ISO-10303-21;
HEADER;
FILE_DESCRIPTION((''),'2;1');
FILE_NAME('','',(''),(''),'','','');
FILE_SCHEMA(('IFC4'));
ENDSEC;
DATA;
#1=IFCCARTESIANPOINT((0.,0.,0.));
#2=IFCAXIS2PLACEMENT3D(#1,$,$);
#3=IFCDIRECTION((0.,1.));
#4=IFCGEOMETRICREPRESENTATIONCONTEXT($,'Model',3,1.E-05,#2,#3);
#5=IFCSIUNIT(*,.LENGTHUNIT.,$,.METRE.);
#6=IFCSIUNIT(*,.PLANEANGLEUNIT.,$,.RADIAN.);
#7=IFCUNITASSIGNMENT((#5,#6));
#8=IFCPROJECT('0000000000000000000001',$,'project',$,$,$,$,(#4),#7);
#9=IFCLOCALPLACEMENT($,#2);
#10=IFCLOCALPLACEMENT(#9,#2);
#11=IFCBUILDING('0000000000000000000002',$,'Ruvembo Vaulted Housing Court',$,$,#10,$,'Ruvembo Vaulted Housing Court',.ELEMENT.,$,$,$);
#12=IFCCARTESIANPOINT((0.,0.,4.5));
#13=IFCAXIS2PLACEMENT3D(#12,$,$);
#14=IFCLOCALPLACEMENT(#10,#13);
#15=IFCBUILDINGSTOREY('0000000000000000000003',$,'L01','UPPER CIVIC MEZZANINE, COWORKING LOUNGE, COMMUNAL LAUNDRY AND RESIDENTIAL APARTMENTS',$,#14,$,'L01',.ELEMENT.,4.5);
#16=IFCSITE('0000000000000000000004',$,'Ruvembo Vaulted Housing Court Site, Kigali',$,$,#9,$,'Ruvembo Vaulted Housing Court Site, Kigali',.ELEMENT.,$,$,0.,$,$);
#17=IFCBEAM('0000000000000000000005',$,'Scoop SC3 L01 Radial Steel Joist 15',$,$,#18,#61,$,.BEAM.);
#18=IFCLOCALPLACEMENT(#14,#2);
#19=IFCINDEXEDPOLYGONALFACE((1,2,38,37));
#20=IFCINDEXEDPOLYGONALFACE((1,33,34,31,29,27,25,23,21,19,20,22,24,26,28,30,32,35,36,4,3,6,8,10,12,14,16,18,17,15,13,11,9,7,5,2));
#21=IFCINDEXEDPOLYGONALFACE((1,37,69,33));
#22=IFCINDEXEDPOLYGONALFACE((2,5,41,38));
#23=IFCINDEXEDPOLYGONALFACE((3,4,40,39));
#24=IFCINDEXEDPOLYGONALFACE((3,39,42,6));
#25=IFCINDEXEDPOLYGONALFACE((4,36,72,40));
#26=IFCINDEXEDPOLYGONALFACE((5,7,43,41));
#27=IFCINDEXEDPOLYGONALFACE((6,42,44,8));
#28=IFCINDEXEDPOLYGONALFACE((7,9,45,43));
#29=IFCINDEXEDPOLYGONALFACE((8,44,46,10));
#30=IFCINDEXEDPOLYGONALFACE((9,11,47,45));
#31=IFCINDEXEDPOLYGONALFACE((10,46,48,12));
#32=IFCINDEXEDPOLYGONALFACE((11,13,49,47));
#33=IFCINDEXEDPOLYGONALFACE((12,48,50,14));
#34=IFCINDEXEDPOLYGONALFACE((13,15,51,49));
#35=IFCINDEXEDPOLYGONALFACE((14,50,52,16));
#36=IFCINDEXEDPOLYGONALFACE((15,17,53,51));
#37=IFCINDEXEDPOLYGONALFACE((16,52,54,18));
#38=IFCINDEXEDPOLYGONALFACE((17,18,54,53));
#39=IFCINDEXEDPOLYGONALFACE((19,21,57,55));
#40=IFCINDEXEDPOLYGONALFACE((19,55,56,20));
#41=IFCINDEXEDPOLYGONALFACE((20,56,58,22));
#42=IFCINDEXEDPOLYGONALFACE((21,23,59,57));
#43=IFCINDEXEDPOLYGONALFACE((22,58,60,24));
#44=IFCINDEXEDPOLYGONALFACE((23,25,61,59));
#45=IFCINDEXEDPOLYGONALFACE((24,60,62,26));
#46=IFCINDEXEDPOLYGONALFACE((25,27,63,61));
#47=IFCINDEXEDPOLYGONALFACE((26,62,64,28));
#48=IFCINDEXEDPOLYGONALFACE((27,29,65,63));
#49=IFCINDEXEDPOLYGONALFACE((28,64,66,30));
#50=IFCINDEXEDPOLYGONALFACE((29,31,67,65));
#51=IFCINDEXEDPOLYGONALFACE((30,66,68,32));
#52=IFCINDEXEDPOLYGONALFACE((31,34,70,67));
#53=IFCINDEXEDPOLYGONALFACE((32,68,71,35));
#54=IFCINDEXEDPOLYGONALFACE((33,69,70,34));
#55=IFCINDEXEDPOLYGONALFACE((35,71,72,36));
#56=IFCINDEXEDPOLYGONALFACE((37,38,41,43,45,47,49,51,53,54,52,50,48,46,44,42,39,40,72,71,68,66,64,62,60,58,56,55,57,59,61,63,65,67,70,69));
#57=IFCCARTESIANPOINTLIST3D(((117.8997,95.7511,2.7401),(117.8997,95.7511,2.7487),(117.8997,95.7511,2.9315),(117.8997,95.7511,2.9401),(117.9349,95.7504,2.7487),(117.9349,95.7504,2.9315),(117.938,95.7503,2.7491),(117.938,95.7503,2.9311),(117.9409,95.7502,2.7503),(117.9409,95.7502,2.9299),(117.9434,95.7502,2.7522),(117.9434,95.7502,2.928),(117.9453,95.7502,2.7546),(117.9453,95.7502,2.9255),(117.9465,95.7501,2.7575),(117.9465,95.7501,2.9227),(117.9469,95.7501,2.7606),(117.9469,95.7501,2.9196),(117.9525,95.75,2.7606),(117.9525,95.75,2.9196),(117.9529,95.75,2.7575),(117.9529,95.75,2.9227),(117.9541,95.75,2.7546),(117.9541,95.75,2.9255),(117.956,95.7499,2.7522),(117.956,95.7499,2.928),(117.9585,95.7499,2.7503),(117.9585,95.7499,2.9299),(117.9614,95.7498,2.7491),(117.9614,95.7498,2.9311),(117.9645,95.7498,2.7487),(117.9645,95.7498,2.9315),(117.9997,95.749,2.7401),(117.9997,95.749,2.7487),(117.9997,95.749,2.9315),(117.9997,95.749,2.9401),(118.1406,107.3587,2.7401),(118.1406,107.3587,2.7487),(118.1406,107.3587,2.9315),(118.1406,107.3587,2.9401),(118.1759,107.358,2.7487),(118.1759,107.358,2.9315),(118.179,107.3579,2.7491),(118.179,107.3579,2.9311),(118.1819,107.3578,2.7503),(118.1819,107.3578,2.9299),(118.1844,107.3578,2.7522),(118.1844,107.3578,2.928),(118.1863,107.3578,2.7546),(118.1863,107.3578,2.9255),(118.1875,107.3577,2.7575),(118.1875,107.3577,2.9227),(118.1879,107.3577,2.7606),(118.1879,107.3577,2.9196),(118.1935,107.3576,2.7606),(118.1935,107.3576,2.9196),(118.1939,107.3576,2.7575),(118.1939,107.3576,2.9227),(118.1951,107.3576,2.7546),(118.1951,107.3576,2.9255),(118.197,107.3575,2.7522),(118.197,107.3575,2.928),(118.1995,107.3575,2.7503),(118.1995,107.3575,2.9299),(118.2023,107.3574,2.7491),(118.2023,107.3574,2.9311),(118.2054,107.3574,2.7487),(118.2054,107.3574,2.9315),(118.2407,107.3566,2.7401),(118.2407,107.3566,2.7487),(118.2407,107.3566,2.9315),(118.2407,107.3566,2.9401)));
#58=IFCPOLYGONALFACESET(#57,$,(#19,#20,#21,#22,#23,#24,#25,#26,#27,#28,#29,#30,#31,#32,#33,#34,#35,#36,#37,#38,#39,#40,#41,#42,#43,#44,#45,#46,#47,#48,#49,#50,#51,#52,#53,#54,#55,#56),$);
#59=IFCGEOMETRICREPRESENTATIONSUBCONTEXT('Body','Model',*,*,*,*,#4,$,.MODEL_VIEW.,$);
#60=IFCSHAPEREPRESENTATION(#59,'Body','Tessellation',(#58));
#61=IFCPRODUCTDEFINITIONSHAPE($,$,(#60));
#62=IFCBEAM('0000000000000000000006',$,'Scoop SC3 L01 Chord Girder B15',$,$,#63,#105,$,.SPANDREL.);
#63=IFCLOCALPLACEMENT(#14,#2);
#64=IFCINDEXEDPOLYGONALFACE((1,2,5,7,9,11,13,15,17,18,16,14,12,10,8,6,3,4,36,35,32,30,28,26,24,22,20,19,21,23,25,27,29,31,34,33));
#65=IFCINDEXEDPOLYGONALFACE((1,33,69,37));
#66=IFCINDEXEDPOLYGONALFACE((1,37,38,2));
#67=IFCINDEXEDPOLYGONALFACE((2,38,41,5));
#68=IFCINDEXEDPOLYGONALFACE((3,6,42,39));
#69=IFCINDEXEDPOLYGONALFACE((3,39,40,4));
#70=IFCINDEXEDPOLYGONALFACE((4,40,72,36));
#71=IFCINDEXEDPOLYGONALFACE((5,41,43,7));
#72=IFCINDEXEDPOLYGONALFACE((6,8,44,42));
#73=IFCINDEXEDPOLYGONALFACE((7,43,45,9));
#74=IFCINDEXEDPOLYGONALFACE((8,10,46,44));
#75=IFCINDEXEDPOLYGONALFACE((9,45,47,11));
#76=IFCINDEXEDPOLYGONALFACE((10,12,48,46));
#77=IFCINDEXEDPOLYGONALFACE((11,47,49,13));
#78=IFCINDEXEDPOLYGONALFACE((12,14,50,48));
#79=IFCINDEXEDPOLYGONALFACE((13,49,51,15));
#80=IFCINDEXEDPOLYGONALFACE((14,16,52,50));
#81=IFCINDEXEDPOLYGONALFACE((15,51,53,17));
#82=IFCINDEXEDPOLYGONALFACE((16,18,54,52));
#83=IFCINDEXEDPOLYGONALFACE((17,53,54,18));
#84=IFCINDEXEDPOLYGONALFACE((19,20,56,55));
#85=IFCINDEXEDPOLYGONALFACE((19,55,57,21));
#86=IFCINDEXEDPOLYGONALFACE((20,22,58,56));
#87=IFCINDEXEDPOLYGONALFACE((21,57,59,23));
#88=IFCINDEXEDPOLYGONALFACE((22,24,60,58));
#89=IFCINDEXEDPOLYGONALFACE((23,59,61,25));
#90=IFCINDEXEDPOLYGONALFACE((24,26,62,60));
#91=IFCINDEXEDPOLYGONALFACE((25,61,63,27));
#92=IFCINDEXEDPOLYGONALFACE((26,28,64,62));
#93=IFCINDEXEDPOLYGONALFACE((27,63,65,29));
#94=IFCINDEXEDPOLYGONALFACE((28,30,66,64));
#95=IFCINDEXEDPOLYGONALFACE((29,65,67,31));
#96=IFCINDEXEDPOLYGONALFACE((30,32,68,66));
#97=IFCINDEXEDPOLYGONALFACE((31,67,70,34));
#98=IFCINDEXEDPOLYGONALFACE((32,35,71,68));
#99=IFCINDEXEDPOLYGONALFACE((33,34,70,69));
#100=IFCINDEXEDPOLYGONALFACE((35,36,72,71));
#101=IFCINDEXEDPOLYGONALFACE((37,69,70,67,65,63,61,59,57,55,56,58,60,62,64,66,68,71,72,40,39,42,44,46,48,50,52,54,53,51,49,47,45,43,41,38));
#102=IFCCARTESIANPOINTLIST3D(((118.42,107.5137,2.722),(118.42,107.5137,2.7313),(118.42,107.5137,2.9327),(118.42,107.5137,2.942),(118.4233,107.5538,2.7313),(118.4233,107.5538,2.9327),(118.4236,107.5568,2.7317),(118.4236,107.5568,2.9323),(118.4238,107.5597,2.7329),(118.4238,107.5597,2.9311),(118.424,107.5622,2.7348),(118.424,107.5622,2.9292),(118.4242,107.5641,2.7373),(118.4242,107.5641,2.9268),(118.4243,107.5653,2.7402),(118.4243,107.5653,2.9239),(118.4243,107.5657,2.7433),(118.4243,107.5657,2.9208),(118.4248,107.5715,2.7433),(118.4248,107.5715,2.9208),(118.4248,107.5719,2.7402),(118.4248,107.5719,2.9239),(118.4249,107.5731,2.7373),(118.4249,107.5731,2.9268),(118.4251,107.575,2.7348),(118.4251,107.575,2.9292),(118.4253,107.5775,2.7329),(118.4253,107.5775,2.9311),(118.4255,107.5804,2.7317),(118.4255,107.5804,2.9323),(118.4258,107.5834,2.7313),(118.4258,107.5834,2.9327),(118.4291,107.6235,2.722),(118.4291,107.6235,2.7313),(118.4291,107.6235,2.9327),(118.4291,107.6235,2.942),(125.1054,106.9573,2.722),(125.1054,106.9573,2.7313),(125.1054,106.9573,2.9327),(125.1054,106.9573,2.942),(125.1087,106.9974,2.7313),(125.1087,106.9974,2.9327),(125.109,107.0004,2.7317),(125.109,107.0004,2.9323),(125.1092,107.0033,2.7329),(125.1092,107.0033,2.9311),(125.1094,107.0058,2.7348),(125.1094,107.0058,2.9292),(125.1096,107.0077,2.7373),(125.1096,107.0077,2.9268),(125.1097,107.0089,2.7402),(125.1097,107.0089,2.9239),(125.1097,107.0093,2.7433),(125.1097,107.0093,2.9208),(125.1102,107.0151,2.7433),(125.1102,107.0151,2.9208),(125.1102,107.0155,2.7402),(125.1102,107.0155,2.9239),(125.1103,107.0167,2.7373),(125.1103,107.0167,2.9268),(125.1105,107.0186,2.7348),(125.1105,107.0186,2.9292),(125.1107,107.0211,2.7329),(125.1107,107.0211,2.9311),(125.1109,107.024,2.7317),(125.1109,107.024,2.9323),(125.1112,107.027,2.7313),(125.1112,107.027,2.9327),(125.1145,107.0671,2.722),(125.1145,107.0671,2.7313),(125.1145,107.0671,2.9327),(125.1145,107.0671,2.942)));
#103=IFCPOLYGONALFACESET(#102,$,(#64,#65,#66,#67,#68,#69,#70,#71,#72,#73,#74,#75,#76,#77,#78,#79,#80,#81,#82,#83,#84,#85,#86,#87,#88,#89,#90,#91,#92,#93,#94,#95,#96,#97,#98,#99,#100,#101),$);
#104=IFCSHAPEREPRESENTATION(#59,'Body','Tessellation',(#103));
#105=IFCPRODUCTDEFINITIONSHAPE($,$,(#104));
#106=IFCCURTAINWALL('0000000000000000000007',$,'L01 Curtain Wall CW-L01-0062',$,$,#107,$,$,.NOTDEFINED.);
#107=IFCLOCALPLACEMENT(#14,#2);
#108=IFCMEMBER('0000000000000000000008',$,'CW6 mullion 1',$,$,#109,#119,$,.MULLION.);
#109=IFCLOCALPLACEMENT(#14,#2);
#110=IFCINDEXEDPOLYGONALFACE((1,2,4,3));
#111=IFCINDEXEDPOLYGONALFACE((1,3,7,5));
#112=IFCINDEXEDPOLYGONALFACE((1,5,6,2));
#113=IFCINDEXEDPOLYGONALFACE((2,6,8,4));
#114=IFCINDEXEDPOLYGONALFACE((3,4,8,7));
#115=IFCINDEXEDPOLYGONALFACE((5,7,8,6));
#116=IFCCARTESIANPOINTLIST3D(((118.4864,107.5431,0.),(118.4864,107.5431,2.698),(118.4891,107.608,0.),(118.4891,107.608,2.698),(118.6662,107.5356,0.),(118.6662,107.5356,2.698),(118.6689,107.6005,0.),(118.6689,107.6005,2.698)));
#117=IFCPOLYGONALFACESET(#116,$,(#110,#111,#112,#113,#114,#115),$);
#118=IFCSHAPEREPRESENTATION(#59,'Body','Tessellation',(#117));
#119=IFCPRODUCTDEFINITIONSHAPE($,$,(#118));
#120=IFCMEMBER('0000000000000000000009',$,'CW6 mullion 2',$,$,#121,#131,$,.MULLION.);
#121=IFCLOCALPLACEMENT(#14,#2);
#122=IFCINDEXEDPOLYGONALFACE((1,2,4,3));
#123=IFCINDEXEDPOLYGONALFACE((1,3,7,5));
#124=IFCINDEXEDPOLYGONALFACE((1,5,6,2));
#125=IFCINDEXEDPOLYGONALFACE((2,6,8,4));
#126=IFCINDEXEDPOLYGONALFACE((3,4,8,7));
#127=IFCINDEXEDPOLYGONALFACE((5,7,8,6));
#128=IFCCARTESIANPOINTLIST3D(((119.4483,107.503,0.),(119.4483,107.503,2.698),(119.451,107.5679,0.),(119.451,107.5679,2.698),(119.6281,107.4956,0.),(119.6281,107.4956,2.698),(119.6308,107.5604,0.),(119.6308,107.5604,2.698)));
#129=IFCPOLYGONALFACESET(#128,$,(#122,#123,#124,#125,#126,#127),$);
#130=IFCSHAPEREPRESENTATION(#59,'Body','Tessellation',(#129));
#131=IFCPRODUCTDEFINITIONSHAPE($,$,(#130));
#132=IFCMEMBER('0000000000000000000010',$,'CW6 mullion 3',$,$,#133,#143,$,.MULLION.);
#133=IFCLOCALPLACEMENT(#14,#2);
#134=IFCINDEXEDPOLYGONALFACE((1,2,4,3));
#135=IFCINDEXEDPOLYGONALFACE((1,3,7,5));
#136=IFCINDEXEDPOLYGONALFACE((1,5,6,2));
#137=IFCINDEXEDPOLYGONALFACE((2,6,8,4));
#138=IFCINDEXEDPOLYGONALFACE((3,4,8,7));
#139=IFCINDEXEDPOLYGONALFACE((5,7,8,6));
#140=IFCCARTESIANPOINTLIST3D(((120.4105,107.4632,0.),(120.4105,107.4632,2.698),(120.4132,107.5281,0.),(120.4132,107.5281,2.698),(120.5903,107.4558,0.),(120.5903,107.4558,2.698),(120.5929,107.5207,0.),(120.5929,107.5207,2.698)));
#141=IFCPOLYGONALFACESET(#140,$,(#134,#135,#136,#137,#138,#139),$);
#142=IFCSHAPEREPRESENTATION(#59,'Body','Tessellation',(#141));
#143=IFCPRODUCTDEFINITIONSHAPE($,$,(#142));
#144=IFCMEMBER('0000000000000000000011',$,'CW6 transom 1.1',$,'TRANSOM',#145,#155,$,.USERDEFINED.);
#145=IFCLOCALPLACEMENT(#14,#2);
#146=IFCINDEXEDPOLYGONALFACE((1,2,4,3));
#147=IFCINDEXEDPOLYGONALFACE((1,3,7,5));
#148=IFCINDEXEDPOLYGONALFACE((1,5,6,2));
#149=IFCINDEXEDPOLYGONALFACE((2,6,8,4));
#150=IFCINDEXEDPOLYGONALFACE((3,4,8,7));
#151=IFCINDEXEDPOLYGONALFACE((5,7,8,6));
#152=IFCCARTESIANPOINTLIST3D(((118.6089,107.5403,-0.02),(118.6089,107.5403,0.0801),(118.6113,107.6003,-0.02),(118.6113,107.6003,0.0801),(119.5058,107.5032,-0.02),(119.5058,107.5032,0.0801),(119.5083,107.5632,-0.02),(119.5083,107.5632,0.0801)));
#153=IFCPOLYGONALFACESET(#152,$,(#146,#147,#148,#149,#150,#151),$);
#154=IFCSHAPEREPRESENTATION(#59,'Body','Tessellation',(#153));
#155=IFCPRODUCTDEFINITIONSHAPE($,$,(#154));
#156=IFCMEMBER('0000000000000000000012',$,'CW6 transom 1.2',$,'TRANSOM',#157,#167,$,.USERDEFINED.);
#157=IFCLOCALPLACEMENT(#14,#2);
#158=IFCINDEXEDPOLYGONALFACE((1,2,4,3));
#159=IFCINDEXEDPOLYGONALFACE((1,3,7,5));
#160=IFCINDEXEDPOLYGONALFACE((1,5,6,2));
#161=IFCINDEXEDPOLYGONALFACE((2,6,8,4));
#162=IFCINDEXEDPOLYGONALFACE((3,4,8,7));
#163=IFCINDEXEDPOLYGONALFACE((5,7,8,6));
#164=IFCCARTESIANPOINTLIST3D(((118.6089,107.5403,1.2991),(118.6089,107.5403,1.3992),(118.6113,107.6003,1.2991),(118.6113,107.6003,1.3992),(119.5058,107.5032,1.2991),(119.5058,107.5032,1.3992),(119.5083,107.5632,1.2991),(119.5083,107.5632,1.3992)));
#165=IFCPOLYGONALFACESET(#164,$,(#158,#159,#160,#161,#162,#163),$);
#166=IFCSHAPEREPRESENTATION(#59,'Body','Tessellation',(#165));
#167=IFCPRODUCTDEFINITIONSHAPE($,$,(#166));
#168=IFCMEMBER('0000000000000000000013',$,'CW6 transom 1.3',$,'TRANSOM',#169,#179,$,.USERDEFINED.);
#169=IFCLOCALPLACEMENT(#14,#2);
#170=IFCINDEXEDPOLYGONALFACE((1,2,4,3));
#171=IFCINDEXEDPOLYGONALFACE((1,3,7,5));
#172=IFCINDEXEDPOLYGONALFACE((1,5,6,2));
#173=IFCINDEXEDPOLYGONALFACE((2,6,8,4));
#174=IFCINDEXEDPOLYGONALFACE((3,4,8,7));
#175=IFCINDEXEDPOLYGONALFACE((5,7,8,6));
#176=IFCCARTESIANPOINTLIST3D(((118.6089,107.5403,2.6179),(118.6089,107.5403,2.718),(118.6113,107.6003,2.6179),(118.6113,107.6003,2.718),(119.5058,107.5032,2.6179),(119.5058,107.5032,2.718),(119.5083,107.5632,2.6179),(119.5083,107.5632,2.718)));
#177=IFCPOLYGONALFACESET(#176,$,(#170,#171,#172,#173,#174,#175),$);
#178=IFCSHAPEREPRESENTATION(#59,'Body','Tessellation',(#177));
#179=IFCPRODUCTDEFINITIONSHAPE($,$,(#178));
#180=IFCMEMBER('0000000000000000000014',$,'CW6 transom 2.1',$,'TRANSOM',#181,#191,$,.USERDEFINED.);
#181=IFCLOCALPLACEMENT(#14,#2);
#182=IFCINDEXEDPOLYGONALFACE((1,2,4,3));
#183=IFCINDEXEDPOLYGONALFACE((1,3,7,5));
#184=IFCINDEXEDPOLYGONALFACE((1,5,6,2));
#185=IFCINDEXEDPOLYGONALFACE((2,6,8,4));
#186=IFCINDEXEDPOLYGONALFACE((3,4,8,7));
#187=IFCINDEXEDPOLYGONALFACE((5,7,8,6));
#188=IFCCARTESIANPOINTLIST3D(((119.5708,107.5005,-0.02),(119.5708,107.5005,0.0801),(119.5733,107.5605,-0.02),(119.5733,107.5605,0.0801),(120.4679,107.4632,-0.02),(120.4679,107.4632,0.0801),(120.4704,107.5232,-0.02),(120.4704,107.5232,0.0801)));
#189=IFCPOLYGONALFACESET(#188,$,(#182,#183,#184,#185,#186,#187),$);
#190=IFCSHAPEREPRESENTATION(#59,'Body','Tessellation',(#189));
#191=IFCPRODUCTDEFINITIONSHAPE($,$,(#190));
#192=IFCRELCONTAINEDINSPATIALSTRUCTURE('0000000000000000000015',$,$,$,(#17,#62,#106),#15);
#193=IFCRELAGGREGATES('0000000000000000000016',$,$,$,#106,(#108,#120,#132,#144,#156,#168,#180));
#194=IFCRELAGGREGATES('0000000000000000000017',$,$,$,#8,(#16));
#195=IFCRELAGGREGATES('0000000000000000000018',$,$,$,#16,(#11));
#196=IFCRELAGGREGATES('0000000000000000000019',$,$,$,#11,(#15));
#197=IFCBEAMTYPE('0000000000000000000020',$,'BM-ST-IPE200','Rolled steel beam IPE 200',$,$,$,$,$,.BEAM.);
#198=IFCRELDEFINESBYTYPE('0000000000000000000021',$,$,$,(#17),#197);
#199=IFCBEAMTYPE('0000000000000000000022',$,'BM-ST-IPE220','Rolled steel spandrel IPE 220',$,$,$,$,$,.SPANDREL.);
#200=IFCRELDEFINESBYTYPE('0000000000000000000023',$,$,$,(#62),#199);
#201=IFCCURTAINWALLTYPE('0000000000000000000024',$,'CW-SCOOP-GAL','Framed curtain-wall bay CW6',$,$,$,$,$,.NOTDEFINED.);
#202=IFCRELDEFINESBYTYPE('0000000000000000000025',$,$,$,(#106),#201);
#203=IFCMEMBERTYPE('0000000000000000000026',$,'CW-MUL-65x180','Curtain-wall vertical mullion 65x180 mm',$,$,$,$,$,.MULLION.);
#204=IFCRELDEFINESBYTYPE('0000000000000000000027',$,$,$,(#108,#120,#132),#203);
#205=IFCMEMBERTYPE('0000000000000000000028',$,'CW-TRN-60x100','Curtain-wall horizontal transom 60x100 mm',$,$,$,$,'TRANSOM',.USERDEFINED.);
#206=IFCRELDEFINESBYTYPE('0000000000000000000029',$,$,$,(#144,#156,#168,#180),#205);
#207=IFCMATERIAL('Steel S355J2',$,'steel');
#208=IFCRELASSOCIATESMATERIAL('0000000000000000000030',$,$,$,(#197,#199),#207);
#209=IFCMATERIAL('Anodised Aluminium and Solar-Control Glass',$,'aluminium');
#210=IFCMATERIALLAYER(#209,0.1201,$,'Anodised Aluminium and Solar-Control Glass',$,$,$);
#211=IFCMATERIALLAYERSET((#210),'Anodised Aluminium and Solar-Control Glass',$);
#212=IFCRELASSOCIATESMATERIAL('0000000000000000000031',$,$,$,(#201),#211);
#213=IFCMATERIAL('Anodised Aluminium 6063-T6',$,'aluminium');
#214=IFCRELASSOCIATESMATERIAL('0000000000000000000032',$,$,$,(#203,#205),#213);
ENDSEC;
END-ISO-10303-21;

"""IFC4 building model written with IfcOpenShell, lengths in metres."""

from ifc_helpers import new_model, si_unit, direction, frame, origin, origin_2d, place, context, subcontext, project, spatial, rectangle, i_section, extrude, material, layer, layer_set, material_profile, profile_set, type_object, element, aggregate, save


model = new_model("IFC4")

# Units and contexts
model_context = context("Model", 3, precision=1e-05, world=origin(), true_north=direction((0.0, 1.0)))
body_context = subcontext(model_context, "Body", "Model", "MODEL_VIEW")
ifc_project = project(units=[si_unit("LENGTHUNIT", "METRE"), si_unit("PLANEANGLEUNIT", "RADIAN")], contexts=[model_context])

# Site, building, storey
site_placement = place(None, origin())
site = spatial("IfcSite", under=ifc_project, at=site_placement, Name="Ruvembo Vaulted Housing Court Site, Kigali", LongName="Ruvembo Vaulted Housing Court Site, Kigali", CompositionType="ELEMENT", RefElevation=0.0)
building_placement = place(site_placement, origin())
building = spatial("IfcBuilding", under=site, at=building_placement, Name="Ruvembo Vaulted Housing Court", LongName="Ruvembo Vaulted Housing Court", CompositionType="ELEMENT")
storey_placement = place(building_placement, frame((0.0, 0.0, 4.5)))
storey = spatial("IfcBuildingStorey", under=building, at=storey_placement, Name="L01", Description="UPPER CIVIC MEZZANINE, COWORKING LOUNGE, COMMUNAL LAUNDRY AND RESIDENTIAL APARTMENTS", LongName="L01", CompositionType="ELEMENT", Elevation=4.5)

# Beams
ifc_material_1 = material(Name="Steel S355J2", Category="steel")
ifc_material_profile_1 = material_profile(ifc_material_1, i_section(OverallWidth=0.1001, OverallDepth=0.2, WebThickness=0.0056, FlangeThickness=0.0085, FilletRadius=0.012, at=origin_2d()), Name="IPE 200")
ifc_profile_set_1 = profile_set([ifc_material_profile_1], Name="Steel S355J2")
beam_type_1 = type_object("IfcBeamType", Name="BM-ST-IPE200", Description="Rolled steel beam IPE 200", PredefinedType="BEAM", material=ifc_profile_set_1)
beam_1_placement = place(storey_placement, frame((118.1907, 107.3577, 2.8401), z_axis=(-0.020755, -0.999785, 0.0), x_axis=(0.999785, -0.020755, 0.0)))
element("IfcBeam", 1, at=beam_1_placement, inside=storey, type_object=beam_type_1, Name="Scoop SC3 L01 Radial Steel Joist 15", PredefinedType="BEAM", context=body_context, shape_type="SweptSolid", body=[
    extrude(i_section(OverallWidth=0.1001, OverallDepth=0.2, WebThickness=0.0056, FlangeThickness=0.0085, FilletRadius=0.012, at=origin_2d()), origin(), (0.0, 0.0, 1.0), 11.6101),
])
ifc_material_profile_2 = material_profile(ifc_material_1, i_section(OverallWidth=0.1101, OverallDepth=0.22, WebThickness=0.0059, FlangeThickness=0.0093, FilletRadius=0.012, at=origin_2d()), Name="IPE 220")
ifc_profile_set_2 = profile_set([ifc_material_profile_2], Name="Steel S355J2")
beam_type_2 = type_object("IfcBeamType", Name="BM-ST-IPE220", Description="Rolled steel spandrel IPE 220", PredefinedType="SPANDREL", material=ifc_profile_set_2)
beam_2_placement = place(storey_placement, frame((118.4246, 107.5686, 2.832), z_axis=(0.996555, -0.08294, 0.0), x_axis=(0.08294, 0.996555, 0.0)))
element("IfcBeam", 2, at=beam_2_placement, inside=storey, type_object=beam_type_2, Name="Scoop SC3 L01 Chord Girder B15", PredefinedType="SPANDREL", context=body_context, shape_type="SweptSolid", body=[
    extrude(i_section(OverallWidth=0.1101, OverallDepth=0.22, WebThickness=0.0059, FlangeThickness=0.0093, FilletRadius=0.012, at=origin_2d()), origin(), (0.0, 0.0, 1.0), 6.7085),
])

# Curtain wall, members
ifc_material_2 = material(Name="Anodised Aluminium and Solar-Control Glass", Category="aluminium")
ifc_layer_1 = layer(ifc_material_2, 0.1201, Name="Anodised Aluminium and Solar-Control Glass")
ifc_layer_set_1 = layer_set([ifc_layer_1], Name="Anodised Aluminium and Solar-Control Glass")
curtain_wall_type = type_object("IfcCurtainWallType", Name="CW-SCOOP-GAL", Description="Framed curtain-wall bay CW6", PredefinedType="NOTDEFINED", material=ifc_layer_set_1)
curtain_wall_placement = place(storey_placement, origin())
curtain_wall = element("IfcCurtainWall", 3, at=curtain_wall_placement, inside=storey, type_object=curtain_wall_type, Name="L01 Curtain Wall CW-L01-0062", PredefinedType="NOTDEFINED")
ifc_material_3 = material(Name="Anodised Aluminium 6063-T6", Category="aluminium")
ifc_material_profile_3 = material_profile(ifc_material_3, rectangle(XDim=0.0649, YDim=0.1799, at=origin_2d()), Name="ALU 65x180")
ifc_profile_set_3 = profile_set([ifc_material_profile_3], Name="Anodised Aluminium 6063-T6")
member_type_1 = type_object("IfcMemberType", Name="CW-MUL-65x180", Description="Curtain-wall vertical mullion 65x180 mm", PredefinedType="MULLION", material=ifc_profile_set_3)
member_1_placement = place(storey_placement, frame((118.5776, 107.5718, 0.0), z_axis=(0.0, 0.0, 1.0), x_axis=(0.041491, 0.999139, 0.0)))
member_1 = element("IfcMember", 4, at=member_1_placement, type_object=member_type_1, Name="CW6 mullion 1", PredefinedType="MULLION", context=body_context, shape_type="SweptSolid", body=[
    extrude(rectangle(XDim=0.0649, YDim=0.1799, at=origin_2d()), origin(), (0.0, 0.0, 1.0), 2.698),
])
member_2_placement = place(storey_placement, frame((119.5396, 107.5317, 0.0), z_axis=(0.0, 0.0, 1.0), x_axis=(0.041491, 0.999139, 0.0)))
member_2 = element("IfcMember", 5, at=member_2_placement, type_object=member_type_1, Name="CW6 mullion 2", PredefinedType="MULLION", context=body_context, shape_type="SweptSolid", body=[
    extrude(rectangle(XDim=0.0649, YDim=0.1799, at=origin_2d()), origin(), (0.0, 0.0, 1.0), 2.698),
])
member_3_placement = place(storey_placement, frame((120.5017, 107.4919, 0.0), z_axis=(0.0, 0.0, 1.0), x_axis=(0.041491, 0.999139, 0.0)))
member_3 = element("IfcMember", 6, at=member_3_placement, type_object=member_type_1, Name="CW6 mullion 3", PredefinedType="MULLION", context=body_context, shape_type="SweptSolid", body=[
    extrude(rectangle(XDim=0.0649, YDim=0.1799, at=origin_2d()), origin(), (0.0, 0.0, 1.0), 2.698),
])
ifc_material_profile_4 = material_profile(ifc_material_3, rectangle(XDim=0.0601, YDim=0.1001, at=origin_2d()), Name="ALU 60x100")
ifc_profile_set_4 = profile_set([ifc_material_profile_4], Name="Anodised Aluminium 6063-T6")
member_type_2 = type_object("IfcMemberType", Name="CW-TRN-60x100", Description="Curtain-wall horizontal transom 60x100 mm", ElementType="TRANSOM", PredefinedType="USERDEFINED", material=ifc_profile_set_4)
member_4_placement = place(storey_placement, frame((118.6101, 107.5703, 0.03), z_axis=(0.999145, -0.041336, 0.0), x_axis=(0.041336, 0.999145, 0.0)))
member_4 = element("IfcMember", 7, at=member_4_placement, type_object=member_type_2, Name="CW6 transom 1.1", ObjectType="TRANSOM", PredefinedType="USERDEFINED", context=body_context, shape_type="SweptSolid", body=[
    extrude(rectangle(XDim=0.0601, YDim=0.1001, at=origin_2d()), origin(), (0.0, 0.0, 1.0), 0.8977),
])
member_5_placement = place(storey_placement, frame((118.6101, 107.5703, 1.3491), z_axis=(0.999145, -0.041336, 0.0), x_axis=(0.041336, 0.999145, 0.0)))
member_5 = element("IfcMember", 8, at=member_5_placement, type_object=member_type_2, Name="CW6 transom 1.2", ObjectType="TRANSOM", PredefinedType="USERDEFINED", context=body_context, shape_type="SweptSolid", body=[
    extrude(rectangle(XDim=0.0601, YDim=0.1001, at=origin_2d()), origin(), (0.0, 0.0, 1.0), 0.8977),
])
member_6_placement = place(storey_placement, frame((118.6101, 107.5703, 2.668), z_axis=(0.999145, -0.041336, 0.0), x_axis=(0.041336, 0.999145, 0.0)))
member_6 = element("IfcMember", 9, at=member_6_placement, type_object=member_type_2, Name="CW6 transom 1.3", ObjectType="TRANSOM", PredefinedType="USERDEFINED", context=body_context, shape_type="SweptSolid", body=[
    extrude(rectangle(XDim=0.0601, YDim=0.1001, at=origin_2d()), origin(), (0.0, 0.0, 1.0), 0.8977),
])
member_7_placement = place(storey_placement, frame((119.572, 107.5305, 0.03), z_axis=(0.999134, -0.041597, 0.0), x_axis=(0.041597, 0.999134, 0.0)))
member_7 = element("IfcMember", 10, at=member_7_placement, type_object=member_type_2, Name="CW6 transom 2.1", ObjectType="TRANSOM", PredefinedType="USERDEFINED", context=body_context, shape_type="SweptSolid", body=[
    extrude(rectangle(XDim=0.0601, YDim=0.1001, at=origin_2d()), origin(), (0.0, 0.0, 1.0), 0.8979),
])
aggregate(curtain_wall, [member_1, member_2, member_3, member_4, member_5, member_6, member_7])

save(model, "model.ifc")
